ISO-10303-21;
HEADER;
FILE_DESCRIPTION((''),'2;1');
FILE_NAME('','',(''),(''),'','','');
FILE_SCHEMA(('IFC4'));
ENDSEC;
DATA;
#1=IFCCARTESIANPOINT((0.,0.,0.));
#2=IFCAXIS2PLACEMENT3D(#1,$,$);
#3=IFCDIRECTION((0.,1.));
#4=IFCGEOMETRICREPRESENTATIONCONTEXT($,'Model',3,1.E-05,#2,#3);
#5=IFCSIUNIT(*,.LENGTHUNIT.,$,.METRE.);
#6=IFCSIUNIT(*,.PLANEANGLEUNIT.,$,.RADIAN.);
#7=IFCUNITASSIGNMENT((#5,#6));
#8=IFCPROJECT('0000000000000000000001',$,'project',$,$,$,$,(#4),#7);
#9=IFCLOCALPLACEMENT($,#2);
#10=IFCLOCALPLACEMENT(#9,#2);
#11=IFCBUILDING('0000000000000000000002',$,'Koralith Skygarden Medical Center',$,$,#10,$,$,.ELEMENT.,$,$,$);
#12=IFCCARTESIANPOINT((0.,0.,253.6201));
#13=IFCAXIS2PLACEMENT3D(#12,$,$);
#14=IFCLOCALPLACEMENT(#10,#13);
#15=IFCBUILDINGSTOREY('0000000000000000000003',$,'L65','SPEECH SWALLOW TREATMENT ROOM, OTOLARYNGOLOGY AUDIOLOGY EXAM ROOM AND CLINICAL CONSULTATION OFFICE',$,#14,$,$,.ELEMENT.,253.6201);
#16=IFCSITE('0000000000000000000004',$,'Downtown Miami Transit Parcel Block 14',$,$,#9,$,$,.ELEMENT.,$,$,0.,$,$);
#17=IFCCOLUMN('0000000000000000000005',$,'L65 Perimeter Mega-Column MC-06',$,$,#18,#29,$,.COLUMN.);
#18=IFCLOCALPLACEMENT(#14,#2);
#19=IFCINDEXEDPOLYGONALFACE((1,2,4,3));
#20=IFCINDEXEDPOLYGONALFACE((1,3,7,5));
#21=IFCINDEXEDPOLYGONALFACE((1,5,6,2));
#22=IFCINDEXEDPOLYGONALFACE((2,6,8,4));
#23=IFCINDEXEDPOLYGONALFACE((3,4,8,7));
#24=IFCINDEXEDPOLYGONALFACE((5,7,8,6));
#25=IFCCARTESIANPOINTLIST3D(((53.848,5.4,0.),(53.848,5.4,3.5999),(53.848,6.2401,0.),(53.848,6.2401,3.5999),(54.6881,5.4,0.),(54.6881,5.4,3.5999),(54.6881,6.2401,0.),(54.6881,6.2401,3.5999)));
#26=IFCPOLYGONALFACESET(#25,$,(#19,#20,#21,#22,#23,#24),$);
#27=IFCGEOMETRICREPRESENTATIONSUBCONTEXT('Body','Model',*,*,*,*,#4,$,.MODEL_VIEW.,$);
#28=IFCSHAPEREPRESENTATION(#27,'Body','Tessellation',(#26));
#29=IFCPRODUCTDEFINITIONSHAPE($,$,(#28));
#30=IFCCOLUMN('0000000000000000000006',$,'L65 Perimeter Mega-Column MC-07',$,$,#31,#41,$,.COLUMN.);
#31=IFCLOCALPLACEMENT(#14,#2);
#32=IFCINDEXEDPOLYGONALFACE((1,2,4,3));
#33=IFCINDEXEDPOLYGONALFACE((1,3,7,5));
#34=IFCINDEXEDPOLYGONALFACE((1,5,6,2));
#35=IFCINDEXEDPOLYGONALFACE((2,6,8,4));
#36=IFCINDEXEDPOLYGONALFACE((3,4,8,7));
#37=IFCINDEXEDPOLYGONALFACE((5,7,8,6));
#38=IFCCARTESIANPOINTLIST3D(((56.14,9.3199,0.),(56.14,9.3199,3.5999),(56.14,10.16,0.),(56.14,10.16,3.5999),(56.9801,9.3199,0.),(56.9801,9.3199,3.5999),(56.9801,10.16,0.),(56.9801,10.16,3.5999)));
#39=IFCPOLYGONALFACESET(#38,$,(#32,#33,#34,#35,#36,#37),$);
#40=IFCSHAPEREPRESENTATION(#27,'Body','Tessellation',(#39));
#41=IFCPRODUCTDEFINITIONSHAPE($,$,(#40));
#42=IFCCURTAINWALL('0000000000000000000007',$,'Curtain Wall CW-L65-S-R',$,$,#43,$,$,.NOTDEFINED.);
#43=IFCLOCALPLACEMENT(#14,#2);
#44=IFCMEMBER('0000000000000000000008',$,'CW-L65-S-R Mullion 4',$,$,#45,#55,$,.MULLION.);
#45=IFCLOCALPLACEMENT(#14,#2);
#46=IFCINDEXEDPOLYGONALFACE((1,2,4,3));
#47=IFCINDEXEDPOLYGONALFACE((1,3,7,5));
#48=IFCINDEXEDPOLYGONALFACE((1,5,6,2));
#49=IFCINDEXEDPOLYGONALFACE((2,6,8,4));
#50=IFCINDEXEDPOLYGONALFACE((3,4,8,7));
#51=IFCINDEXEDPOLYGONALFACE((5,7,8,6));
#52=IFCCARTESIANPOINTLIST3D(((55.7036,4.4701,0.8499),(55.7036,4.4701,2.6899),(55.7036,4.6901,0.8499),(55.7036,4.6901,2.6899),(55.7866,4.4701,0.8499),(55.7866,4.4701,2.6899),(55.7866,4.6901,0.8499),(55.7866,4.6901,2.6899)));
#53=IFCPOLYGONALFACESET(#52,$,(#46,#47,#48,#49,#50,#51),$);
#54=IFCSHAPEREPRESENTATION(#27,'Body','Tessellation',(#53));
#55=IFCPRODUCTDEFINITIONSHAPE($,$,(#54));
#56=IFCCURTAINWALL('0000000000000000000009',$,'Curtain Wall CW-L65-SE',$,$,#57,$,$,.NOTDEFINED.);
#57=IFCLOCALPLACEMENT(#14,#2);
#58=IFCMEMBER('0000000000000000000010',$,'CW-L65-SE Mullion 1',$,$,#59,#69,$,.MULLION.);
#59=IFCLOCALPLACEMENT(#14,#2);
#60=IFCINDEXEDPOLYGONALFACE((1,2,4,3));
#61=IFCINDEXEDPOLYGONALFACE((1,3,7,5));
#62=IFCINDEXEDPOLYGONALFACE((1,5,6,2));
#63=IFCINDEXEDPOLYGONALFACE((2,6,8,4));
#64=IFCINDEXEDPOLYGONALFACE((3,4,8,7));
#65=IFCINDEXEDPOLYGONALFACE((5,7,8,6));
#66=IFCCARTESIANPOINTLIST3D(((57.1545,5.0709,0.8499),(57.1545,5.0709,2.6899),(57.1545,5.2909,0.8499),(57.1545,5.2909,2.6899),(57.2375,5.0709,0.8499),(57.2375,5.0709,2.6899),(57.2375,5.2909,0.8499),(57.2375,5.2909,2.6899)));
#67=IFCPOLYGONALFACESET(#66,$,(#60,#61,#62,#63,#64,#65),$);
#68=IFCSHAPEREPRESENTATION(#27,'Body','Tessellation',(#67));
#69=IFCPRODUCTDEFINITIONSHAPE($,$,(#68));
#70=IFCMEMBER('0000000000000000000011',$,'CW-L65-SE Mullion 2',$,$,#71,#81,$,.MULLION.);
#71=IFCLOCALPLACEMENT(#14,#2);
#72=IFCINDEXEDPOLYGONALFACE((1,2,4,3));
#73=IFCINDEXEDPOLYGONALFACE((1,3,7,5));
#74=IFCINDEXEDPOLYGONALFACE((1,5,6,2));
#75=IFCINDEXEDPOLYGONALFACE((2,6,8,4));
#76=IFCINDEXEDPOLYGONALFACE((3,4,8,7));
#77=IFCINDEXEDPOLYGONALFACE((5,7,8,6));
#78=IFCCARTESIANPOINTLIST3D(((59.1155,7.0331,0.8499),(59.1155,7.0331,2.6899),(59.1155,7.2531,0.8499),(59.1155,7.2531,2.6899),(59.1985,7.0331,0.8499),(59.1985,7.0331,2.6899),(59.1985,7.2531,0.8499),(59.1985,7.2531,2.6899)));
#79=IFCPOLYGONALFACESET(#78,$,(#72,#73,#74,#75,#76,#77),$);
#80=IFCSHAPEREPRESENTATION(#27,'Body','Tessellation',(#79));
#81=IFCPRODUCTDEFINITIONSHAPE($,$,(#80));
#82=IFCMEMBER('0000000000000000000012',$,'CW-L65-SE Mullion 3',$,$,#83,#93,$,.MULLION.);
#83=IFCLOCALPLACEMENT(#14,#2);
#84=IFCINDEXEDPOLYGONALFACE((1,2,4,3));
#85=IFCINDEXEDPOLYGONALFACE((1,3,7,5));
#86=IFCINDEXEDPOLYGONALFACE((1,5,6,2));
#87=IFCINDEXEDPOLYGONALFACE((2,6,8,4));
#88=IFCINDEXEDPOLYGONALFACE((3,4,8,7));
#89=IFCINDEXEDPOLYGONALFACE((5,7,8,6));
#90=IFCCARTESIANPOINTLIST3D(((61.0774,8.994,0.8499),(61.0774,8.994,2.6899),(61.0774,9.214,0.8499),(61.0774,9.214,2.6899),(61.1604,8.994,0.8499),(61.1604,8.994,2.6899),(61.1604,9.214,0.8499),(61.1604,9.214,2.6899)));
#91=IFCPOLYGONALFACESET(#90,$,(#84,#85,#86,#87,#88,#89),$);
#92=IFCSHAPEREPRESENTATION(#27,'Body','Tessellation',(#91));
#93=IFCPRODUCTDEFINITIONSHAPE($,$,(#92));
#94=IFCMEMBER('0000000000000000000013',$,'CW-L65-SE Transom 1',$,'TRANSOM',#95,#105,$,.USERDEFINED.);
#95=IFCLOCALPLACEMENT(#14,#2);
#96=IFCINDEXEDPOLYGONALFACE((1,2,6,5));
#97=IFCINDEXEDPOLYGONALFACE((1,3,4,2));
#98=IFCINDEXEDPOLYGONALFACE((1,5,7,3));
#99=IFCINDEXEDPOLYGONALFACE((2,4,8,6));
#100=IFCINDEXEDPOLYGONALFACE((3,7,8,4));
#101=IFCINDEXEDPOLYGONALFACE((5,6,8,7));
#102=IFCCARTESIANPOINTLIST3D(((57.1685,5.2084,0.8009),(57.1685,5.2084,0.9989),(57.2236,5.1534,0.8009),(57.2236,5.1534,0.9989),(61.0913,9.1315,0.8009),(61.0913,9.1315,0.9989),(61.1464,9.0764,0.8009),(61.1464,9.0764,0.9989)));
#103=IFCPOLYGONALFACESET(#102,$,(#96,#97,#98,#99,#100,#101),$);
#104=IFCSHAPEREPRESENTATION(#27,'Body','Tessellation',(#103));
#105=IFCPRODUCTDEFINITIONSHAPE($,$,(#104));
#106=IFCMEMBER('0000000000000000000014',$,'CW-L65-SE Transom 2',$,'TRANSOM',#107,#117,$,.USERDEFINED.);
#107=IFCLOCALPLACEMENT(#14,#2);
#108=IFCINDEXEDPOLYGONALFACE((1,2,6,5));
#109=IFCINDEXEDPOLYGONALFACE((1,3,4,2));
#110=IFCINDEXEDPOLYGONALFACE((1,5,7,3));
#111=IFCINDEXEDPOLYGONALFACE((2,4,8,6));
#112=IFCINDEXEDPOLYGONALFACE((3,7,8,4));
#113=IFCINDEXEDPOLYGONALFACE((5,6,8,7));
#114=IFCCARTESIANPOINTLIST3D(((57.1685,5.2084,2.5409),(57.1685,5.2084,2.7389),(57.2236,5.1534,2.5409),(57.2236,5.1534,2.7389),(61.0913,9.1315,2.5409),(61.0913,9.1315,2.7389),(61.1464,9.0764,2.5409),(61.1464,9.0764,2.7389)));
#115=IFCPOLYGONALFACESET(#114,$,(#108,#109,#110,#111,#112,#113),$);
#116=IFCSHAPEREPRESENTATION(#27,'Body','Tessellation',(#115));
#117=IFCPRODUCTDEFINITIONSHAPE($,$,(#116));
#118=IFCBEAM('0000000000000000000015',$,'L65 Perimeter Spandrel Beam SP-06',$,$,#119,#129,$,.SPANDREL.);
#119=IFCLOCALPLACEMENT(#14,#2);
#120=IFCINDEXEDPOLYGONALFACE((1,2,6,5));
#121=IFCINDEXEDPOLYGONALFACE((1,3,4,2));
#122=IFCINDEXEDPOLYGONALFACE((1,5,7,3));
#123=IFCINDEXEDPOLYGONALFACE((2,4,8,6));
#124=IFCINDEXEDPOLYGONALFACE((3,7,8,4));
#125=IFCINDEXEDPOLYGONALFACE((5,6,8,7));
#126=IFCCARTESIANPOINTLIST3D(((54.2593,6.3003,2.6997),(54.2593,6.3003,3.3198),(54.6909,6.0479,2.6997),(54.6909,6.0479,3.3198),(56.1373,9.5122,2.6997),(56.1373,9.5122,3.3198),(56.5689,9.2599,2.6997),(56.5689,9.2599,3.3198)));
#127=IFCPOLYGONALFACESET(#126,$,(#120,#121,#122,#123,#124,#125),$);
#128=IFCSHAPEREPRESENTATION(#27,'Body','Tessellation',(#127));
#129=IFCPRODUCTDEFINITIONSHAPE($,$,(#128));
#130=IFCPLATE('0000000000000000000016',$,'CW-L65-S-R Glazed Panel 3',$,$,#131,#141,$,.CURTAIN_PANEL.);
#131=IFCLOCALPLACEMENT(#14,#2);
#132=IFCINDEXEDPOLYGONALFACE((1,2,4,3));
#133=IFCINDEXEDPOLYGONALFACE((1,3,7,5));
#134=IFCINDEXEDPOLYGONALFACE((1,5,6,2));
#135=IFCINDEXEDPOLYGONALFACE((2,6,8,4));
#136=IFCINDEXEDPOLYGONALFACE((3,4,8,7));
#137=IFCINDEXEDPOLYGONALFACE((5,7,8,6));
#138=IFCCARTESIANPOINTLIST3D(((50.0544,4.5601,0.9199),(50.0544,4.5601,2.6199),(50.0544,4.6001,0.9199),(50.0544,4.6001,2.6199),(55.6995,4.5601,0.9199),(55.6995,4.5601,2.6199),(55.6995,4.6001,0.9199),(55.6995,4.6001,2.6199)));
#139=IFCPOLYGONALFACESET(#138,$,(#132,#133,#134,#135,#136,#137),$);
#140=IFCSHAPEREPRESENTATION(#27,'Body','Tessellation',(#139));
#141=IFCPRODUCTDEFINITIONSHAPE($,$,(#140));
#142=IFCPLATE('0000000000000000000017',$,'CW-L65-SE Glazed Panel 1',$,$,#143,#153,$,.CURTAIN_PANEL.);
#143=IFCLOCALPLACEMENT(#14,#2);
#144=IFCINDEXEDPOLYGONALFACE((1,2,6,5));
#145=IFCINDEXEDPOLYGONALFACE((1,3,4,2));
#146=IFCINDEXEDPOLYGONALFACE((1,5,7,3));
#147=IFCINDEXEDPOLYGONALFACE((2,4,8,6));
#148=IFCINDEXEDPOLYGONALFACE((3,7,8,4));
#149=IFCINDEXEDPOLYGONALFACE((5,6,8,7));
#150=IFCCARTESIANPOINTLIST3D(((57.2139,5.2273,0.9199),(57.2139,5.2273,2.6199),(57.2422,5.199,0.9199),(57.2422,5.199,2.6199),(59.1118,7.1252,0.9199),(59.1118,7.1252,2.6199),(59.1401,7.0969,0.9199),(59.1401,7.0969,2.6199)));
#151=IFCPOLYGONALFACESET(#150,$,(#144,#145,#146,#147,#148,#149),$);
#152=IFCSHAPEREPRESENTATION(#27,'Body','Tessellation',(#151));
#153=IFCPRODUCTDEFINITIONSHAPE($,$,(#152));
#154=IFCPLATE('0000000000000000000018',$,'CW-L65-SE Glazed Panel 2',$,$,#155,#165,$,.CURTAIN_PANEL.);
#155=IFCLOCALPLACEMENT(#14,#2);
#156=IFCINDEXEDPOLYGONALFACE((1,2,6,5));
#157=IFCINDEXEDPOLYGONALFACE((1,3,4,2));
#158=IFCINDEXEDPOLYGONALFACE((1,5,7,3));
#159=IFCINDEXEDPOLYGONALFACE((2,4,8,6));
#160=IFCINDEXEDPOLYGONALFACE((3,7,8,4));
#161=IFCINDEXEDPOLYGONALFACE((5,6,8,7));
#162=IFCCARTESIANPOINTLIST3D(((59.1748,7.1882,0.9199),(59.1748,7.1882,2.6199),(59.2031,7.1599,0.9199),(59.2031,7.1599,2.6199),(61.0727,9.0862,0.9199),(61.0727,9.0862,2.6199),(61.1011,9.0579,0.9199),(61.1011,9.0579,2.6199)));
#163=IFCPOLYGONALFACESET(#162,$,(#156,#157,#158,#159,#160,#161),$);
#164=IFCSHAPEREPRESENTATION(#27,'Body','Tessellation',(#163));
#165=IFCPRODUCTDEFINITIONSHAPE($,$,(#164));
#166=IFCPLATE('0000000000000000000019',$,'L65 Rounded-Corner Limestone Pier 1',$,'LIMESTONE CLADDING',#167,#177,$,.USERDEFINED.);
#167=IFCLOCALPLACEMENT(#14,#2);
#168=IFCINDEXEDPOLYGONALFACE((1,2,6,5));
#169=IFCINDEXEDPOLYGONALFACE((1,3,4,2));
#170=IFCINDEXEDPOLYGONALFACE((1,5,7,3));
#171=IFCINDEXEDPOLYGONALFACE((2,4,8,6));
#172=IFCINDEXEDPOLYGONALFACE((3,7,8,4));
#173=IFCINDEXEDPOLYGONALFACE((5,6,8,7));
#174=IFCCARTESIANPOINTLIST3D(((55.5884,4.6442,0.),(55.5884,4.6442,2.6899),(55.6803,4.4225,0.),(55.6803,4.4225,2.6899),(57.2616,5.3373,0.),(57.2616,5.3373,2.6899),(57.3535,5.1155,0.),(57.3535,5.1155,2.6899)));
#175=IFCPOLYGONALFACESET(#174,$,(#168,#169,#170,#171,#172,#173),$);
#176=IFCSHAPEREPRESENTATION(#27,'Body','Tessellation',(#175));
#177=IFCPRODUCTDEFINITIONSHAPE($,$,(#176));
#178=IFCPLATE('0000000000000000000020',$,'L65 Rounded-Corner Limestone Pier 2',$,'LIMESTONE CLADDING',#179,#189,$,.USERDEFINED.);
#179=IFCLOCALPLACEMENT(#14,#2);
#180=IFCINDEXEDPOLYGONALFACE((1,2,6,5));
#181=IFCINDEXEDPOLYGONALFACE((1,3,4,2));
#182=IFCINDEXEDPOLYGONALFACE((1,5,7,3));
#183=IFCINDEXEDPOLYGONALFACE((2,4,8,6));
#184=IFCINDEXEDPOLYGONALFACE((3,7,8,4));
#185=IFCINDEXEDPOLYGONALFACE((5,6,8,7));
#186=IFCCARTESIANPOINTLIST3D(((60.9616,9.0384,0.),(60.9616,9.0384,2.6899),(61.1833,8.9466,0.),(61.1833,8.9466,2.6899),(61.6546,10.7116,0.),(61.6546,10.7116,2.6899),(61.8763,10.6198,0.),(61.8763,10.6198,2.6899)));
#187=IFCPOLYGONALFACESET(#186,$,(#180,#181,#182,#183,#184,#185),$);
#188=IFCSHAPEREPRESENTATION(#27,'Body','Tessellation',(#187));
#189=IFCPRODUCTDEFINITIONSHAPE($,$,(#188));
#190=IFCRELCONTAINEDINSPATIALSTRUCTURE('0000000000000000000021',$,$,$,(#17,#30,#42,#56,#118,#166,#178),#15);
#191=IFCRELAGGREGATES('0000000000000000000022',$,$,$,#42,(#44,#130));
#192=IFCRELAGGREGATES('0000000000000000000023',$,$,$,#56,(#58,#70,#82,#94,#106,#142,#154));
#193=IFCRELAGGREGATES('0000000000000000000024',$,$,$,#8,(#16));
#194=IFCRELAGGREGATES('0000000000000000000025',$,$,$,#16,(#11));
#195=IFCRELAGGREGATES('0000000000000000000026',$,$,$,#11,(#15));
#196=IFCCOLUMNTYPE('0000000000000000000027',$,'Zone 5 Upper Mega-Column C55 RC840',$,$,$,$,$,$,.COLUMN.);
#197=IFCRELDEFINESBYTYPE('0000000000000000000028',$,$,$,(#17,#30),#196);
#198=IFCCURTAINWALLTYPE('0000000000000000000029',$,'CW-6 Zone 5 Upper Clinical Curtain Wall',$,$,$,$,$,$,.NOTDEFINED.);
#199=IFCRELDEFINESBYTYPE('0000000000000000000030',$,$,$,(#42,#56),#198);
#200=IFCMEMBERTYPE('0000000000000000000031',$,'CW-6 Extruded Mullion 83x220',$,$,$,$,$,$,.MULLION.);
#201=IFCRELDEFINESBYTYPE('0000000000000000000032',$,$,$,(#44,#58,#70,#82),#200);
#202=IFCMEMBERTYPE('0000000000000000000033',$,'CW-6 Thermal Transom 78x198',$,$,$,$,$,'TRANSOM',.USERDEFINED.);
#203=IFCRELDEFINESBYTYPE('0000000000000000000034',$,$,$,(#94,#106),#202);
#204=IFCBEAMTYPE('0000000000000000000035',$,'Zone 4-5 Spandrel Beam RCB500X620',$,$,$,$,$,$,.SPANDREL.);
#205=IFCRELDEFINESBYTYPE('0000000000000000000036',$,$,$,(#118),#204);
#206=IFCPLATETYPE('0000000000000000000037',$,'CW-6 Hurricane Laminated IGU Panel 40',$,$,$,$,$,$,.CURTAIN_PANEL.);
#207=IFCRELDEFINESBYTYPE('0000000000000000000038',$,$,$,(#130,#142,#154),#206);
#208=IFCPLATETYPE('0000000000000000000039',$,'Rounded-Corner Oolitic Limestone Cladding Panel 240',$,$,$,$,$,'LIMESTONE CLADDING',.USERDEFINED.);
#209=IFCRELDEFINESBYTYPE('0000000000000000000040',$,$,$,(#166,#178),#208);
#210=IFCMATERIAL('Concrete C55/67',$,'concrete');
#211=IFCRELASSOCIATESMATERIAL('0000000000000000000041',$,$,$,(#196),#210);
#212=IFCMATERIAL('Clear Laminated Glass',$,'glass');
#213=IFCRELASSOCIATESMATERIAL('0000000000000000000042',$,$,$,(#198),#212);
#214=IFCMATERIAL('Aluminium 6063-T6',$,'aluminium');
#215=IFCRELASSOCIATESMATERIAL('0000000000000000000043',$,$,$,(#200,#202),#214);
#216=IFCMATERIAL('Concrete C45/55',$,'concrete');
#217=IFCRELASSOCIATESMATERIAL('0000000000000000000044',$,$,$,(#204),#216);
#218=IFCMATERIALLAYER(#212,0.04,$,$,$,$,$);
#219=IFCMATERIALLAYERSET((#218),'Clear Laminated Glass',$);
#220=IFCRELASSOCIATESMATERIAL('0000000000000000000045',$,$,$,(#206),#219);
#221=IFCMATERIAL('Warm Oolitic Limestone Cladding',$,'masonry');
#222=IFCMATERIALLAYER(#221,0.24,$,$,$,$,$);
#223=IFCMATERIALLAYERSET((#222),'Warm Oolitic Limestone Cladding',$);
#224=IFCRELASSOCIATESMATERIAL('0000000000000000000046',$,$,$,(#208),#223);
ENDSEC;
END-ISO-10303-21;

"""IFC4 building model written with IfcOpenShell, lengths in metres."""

from ifc_helpers import new_model, si_unit, direction, frame, origin, origin_2d, place, context, subcontext, project, spatial, rectangle, extrude, material, layer, layer_set, material_profile, profile_set, type_object, element, aggregate, save


model = new_model("IFC4")

# Units and contexts
model_context = context("Model", 3, precision=1e-05, world=origin(), true_north=direction((0.0, 1.0)))
body_context = subcontext(model_context, "Body", "Model", "MODEL_VIEW")
ifc_project = project(units=[si_unit("LENGTHUNIT", "METRE"), si_unit("PLANEANGLEUNIT", "RADIAN")], contexts=[model_context])

# Site, building, storey
site_placement = place(None, origin())
site = spatial("IfcSite", under=ifc_project, at=site_placement, Name="Downtown Miami Transit Parcel Block 14", CompositionType="ELEMENT", RefElevation=0.0)
building_placement = place(site_placement, origin())
building = spatial("IfcBuilding", under=site, at=building_placement, Name="Koralith Skygarden Medical Center", CompositionType="ELEMENT")
storey_placement = place(building_placement, frame((0.0, 0.0, 253.6201)))
storey = spatial("IfcBuildingStorey", under=building, at=storey_placement, Name="L65", Description="SPEECH SWALLOW TREATMENT ROOM, OTOLARYNGOLOGY AUDIOLOGY EXAM ROOM AND CLINICAL CONSULTATION OFFICE", CompositionType="ELEMENT", Elevation=253.6201)

# Columns
ifc_material_1 = material(Name="Concrete C55/67", Category="concrete")
ifc_material_profile_1 = material_profile(ifc_material_1, rectangle(XDim=0.8401, YDim=0.8401, at=origin_2d()), Name="RC840X840")
ifc_profile_set_1 = profile_set([ifc_material_profile_1], Name="Concrete C55/67")
column_type = type_object("IfcColumnType", Name="Zone 5 Upper Mega-Column C55 RC840", PredefinedType="COLUMN", material=ifc_profile_set_1)
for number, where, z_axis, x_axis, name in (
    (1, (54.2681, 5.8201, 0.0), (0.0, 0.0, 1.0), (1.0, 0.0, 0.0), "L65 Perimeter Mega-Column MC-06"),
    (2, (56.5601, 9.74, 0.0), (0.0, 0.0, 1.0), (1.0, 0.0, 0.0), "L65 Perimeter Mega-Column MC-07"),
):
    element("IfcColumn", number, at=place(storey_placement, frame(where, z_axis=z_axis, x_axis=x_axis)), inside=storey, type_object=column_type, Name=name, PredefinedType="COLUMN", context=body_context, shape_type="SweptSolid", body=[
        extrude(rectangle(XDim=0.8401, YDim=0.8401, at=origin_2d()), origin(), (0.0, 0.0, 1.0), 3.5999),
    ])

# Curtain wall, member
ifc_material_2 = material(Name="Clear Laminated Glass", Category="glass")
curtain_wall_type = type_object("IfcCurtainWallType", Name="CW-6 Zone 5 Upper Clinical Curtain Wall", PredefinedType="NOTDEFINED", material=ifc_material_2)
curtain_wall_1_placement = place(storey_placement, origin())
curtain_wall_1 = element("IfcCurtainWall", 3, at=curtain_wall_1_placement, inside=storey, type_object=curtain_wall_type, Name="Curtain Wall CW-L65-S-R", PredefinedType="NOTDEFINED")
ifc_material_3 = material(Name="Aluminium 6063-T6", Category="aluminium")
ifc_material_profile_2 = material_profile(ifc_material_3, rectangle(XDim=0.083, YDim=0.22, at=origin_2d()), Name="MUL83X220")
ifc_profile_set_2 = profile_set([ifc_material_profile_2], Name="Aluminium 6063-T6")
member_type_1 = type_object("IfcMemberType", Name="CW-6 Extruded Mullion 83x220", PredefinedType="MULLION", material=ifc_profile_set_2)
member_1_placement = place(storey_placement, frame((55.7451, 4.5801, 0.8499), z_axis=(0.0, 0.0, 1.0), x_axis=(1.0, 0.0, 0.0)))
member_1 = element("IfcMember", 4, at=member_1_placement, type_object=member_type_1, Name="CW-L65-S-R Mullion 4", PredefinedType="MULLION", context=body_context, shape_type="SweptSolid", body=[
    extrude(rectangle(XDim=0.083, YDim=0.22, at=origin_2d()), origin(), (0.0, 0.0, 1.0), 1.8401),
])

# Curtain wall, members
curtain_wall_2_placement = place(storey_placement, origin())
curtain_wall_2 = element("IfcCurtainWall", 5, at=curtain_wall_2_placement, inside=storey, type_object=curtain_wall_type, Name="Curtain Wall CW-L65-SE", PredefinedType="NOTDEFINED")
member_2_placement = place(storey_placement, frame((57.196, 5.1809, 0.8499), z_axis=(0.0, 0.0, 1.0), x_axis=(1.0, 0.0, 0.0)))
member_2 = element("IfcMember", 6, at=member_2_placement, type_object=member_type_1, Name="CW-L65-SE Mullion 1", PredefinedType="MULLION", context=body_context, shape_type="SweptSolid", body=[
    extrude(rectangle(XDim=0.083, YDim=0.22, at=origin_2d()), origin(), (0.0, 0.0, 1.0), 1.8401),
])
member_3_placement = place(storey_placement, frame((59.157, 7.1431, 0.8499), z_axis=(0.0, 0.0, 1.0), x_axis=(1.0, 0.0, 0.0)))
member_3 = element("IfcMember", 7, at=member_3_placement, type_object=member_type_1, Name="CW-L65-SE Mullion 2", PredefinedType="MULLION", context=body_context, shape_type="SweptSolid", body=[
    extrude(rectangle(XDim=0.083, YDim=0.22, at=origin_2d()), origin(), (0.0, 0.0, 1.0), 1.8401),
])
member_4_placement = place(storey_placement, frame((61.1189, 9.104, 0.8499), z_axis=(0.0, 0.0, 1.0), x_axis=(1.0, 0.0, 0.0)))
member_4 = element("IfcMember", 8, at=member_4_placement, type_object=member_type_1, Name="CW-L65-SE Mullion 3", PredefinedType="MULLION", context=body_context, shape_type="SweptSolid", body=[
    extrude(rectangle(XDim=0.083, YDim=0.22, at=origin_2d()), origin(), (0.0, 0.0, 1.0), 1.8401),
])
ifc_material_profile_3 = material_profile(ifc_material_3, rectangle(XDim=0.0779, YDim=0.198, at=origin_2d()), Name="TRN78X198")
ifc_profile_set_3 = profile_set([ifc_material_profile_3], Name="Aluminium 6063-T6")
member_type_2 = type_object("IfcMemberType", Name="CW-6 Thermal Transom 78x198", ElementType="TRANSOM", PredefinedType="USERDEFINED", material=ifc_profile_set_3)
member_5_placement = place(storey_placement, frame((57.196, 5.1809, 0.8999), z_axis=(0.707085, 0.707129, 0.0), x_axis=(-0.707129, 0.707085, 0.0)))
member_5 = element("IfcMember", 9, at=member_5_placement, type_object=member_type_2, Name="CW-L65-SE Transom 1", ObjectType="TRANSOM", PredefinedType="USERDEFINED", context=body_context, shape_type="SweptSolid", body=[
    extrude(rectangle(XDim=0.0779, YDim=0.198, at=origin_2d()), origin(), (0.0, 0.0, 1.0), 5.5479),
])
member_6_placement = place(storey_placement, frame((57.196, 5.1809, 2.6399), z_axis=(0.707085, 0.707129, 0.0), x_axis=(-0.707129, 0.707085, 0.0)))
member_6 = element("IfcMember", 10, at=member_6_placement, type_object=member_type_2, Name="CW-L65-SE Transom 2", ObjectType="TRANSOM", PredefinedType="USERDEFINED", context=body_context, shape_type="SweptSolid", body=[
    extrude(rectangle(XDim=0.0779, YDim=0.198, at=origin_2d()), origin(), (0.0, 0.0, 1.0), 5.5479),
])

# Beam
ifc_material_4 = material(Name="Concrete C45/55", Category="concrete")
ifc_material_profile_4 = material_profile(ifc_material_4, rectangle(XDim=0.5, YDim=0.6201, at=origin_2d()), Name="RCB500X620")
ifc_profile_set_4 = profile_set([ifc_material_profile_4], Name="Concrete C45/55")
beam_type = type_object("IfcBeamType", Name="Zone 4-5 Spandrel Beam RCB500X620", PredefinedType="SPANDREL", material=ifc_profile_set_4)
beam_placement = place(storey_placement, frame((54.4751, 6.1741, 3.0098), z_axis=(0.504736, 0.863274, 0.0), x_axis=(-0.863274, 0.504736, 0.0)))
element("IfcBeam", 11, at=beam_placement, inside=storey, type_object=beam_type, Name="L65 Perimeter Spandrel Beam SP-06", PredefinedType="SPANDREL", context=body_context, shape_type="SweptSolid", body=[
    extrude(rectangle(XDim=0.5, YDim=0.6201, at=origin_2d()), origin(), (0.0, 0.0, 1.0), 3.7207),
])

# Plates
ifc_layer_1 = layer(ifc_material_2, 0.04)
ifc_layer_set_1 = layer_set([ifc_layer_1], Name="Clear Laminated Glass")
plate_type_1 = type_object("IfcPlateType", Name="CW-6 Hurricane Laminated IGU Panel 40", PredefinedType="CURTAIN_PANEL", material=ifc_layer_set_1)
plate_1_placement = place(storey_placement, frame((52.877, 4.5801, 0.9199), z_axis=(0.0, 0.0, 1.0), x_axis=(1.0, 0.0, 0.0)))
plate_1 = element("IfcPlate", 12, at=plate_1_placement, type_object=plate_type_1, Name="CW-L65-S-R Glazed Panel 3", PredefinedType="CURTAIN_PANEL", context=body_context, shape_type="SweptSolid", body=[
    extrude(rectangle(XDim=5.645, YDim=0.04, at=origin_2d()), origin(), (0.0, 0.0, 1.0), 1.7),
])
aggregate(curtain_wall_1, [member_1, plate_1])
plate_2_placement = place(storey_placement, frame((58.177, 6.1621, 0.9199), z_axis=(0.0, 0.0, 1.0), x_axis=(0.707107, 0.707107, 0.0)))
plate_2 = element("IfcPlate", 13, at=plate_2_placement, type_object=plate_type_1, Name="CW-L65-SE Glazed Panel 1", PredefinedType="CURTAIN_PANEL", context=body_context, shape_type="SweptSolid", body=[
    extrude(rectangle(XDim=2.6841, YDim=0.04, at=origin_2d()), origin(), (0.0, 0.0, 1.0), 1.7),
])
plate_3_placement = place(storey_placement, frame((60.1379, 8.123, 0.9199), z_axis=(0.0, 0.0, 1.0), x_axis=(0.707107, 0.707107, 0.0)))
plate_3 = element("IfcPlate", 14, at=plate_3_placement, type_object=plate_type_1, Name="CW-L65-SE Glazed Panel 2", PredefinedType="CURTAIN_PANEL", context=body_context, shape_type="SweptSolid", body=[
    extrude(rectangle(XDim=2.6841, YDim=0.04, at=origin_2d()), origin(), (0.0, 0.0, 1.0), 1.7),
])
aggregate(curtain_wall_2, [member_2, member_3, member_4, member_5, member_6, plate_2, plate_3])

# Plates
ifc_material_5 = material(Name="Warm Oolitic Limestone Cladding", Category="masonry")
ifc_layer_2 = layer(ifc_material_5, 0.24)
ifc_layer_set_2 = layer_set([ifc_layer_2], Name="Warm Oolitic Limestone Cladding")
plate_type_2 = type_object("IfcPlateType", Name="Rounded-Corner Oolitic Limestone Cladding Panel 240", ElementType="LIMESTONE CLADDING", PredefinedType="USERDEFINED", material=ifc_layer_set_2)
for number, where, z_axis, x_axis, name in (
    (15, (56.4709, 4.8799, 0.0), (0.0, 0.0, 1.0), (0.923885, 0.382671, 0.0), "L65 Rounded-Corner Limestone Pier 1"),
    (16, (61.4189, 9.8291, 0.0), (0.0, 0.0, 1.0), (0.382671, 0.923885, 0.0), "L65 Rounded-Corner Limestone Pier 2"),
):
    element("IfcPlate", number, at=place(storey_placement, frame(where, z_axis=z_axis, x_axis=x_axis)), inside=storey, type_object=plate_type_2, Name=name, ObjectType="LIMESTONE CLADDING", PredefinedType="USERDEFINED", context=body_context, shape_type="SweptSolid", body=[
        extrude(rectangle(XDim=1.811, YDim=0.24, at=origin_2d()), origin(), (0.0, 0.0, 1.0), 2.6899),
    ])

save(model, "model.ifc")
